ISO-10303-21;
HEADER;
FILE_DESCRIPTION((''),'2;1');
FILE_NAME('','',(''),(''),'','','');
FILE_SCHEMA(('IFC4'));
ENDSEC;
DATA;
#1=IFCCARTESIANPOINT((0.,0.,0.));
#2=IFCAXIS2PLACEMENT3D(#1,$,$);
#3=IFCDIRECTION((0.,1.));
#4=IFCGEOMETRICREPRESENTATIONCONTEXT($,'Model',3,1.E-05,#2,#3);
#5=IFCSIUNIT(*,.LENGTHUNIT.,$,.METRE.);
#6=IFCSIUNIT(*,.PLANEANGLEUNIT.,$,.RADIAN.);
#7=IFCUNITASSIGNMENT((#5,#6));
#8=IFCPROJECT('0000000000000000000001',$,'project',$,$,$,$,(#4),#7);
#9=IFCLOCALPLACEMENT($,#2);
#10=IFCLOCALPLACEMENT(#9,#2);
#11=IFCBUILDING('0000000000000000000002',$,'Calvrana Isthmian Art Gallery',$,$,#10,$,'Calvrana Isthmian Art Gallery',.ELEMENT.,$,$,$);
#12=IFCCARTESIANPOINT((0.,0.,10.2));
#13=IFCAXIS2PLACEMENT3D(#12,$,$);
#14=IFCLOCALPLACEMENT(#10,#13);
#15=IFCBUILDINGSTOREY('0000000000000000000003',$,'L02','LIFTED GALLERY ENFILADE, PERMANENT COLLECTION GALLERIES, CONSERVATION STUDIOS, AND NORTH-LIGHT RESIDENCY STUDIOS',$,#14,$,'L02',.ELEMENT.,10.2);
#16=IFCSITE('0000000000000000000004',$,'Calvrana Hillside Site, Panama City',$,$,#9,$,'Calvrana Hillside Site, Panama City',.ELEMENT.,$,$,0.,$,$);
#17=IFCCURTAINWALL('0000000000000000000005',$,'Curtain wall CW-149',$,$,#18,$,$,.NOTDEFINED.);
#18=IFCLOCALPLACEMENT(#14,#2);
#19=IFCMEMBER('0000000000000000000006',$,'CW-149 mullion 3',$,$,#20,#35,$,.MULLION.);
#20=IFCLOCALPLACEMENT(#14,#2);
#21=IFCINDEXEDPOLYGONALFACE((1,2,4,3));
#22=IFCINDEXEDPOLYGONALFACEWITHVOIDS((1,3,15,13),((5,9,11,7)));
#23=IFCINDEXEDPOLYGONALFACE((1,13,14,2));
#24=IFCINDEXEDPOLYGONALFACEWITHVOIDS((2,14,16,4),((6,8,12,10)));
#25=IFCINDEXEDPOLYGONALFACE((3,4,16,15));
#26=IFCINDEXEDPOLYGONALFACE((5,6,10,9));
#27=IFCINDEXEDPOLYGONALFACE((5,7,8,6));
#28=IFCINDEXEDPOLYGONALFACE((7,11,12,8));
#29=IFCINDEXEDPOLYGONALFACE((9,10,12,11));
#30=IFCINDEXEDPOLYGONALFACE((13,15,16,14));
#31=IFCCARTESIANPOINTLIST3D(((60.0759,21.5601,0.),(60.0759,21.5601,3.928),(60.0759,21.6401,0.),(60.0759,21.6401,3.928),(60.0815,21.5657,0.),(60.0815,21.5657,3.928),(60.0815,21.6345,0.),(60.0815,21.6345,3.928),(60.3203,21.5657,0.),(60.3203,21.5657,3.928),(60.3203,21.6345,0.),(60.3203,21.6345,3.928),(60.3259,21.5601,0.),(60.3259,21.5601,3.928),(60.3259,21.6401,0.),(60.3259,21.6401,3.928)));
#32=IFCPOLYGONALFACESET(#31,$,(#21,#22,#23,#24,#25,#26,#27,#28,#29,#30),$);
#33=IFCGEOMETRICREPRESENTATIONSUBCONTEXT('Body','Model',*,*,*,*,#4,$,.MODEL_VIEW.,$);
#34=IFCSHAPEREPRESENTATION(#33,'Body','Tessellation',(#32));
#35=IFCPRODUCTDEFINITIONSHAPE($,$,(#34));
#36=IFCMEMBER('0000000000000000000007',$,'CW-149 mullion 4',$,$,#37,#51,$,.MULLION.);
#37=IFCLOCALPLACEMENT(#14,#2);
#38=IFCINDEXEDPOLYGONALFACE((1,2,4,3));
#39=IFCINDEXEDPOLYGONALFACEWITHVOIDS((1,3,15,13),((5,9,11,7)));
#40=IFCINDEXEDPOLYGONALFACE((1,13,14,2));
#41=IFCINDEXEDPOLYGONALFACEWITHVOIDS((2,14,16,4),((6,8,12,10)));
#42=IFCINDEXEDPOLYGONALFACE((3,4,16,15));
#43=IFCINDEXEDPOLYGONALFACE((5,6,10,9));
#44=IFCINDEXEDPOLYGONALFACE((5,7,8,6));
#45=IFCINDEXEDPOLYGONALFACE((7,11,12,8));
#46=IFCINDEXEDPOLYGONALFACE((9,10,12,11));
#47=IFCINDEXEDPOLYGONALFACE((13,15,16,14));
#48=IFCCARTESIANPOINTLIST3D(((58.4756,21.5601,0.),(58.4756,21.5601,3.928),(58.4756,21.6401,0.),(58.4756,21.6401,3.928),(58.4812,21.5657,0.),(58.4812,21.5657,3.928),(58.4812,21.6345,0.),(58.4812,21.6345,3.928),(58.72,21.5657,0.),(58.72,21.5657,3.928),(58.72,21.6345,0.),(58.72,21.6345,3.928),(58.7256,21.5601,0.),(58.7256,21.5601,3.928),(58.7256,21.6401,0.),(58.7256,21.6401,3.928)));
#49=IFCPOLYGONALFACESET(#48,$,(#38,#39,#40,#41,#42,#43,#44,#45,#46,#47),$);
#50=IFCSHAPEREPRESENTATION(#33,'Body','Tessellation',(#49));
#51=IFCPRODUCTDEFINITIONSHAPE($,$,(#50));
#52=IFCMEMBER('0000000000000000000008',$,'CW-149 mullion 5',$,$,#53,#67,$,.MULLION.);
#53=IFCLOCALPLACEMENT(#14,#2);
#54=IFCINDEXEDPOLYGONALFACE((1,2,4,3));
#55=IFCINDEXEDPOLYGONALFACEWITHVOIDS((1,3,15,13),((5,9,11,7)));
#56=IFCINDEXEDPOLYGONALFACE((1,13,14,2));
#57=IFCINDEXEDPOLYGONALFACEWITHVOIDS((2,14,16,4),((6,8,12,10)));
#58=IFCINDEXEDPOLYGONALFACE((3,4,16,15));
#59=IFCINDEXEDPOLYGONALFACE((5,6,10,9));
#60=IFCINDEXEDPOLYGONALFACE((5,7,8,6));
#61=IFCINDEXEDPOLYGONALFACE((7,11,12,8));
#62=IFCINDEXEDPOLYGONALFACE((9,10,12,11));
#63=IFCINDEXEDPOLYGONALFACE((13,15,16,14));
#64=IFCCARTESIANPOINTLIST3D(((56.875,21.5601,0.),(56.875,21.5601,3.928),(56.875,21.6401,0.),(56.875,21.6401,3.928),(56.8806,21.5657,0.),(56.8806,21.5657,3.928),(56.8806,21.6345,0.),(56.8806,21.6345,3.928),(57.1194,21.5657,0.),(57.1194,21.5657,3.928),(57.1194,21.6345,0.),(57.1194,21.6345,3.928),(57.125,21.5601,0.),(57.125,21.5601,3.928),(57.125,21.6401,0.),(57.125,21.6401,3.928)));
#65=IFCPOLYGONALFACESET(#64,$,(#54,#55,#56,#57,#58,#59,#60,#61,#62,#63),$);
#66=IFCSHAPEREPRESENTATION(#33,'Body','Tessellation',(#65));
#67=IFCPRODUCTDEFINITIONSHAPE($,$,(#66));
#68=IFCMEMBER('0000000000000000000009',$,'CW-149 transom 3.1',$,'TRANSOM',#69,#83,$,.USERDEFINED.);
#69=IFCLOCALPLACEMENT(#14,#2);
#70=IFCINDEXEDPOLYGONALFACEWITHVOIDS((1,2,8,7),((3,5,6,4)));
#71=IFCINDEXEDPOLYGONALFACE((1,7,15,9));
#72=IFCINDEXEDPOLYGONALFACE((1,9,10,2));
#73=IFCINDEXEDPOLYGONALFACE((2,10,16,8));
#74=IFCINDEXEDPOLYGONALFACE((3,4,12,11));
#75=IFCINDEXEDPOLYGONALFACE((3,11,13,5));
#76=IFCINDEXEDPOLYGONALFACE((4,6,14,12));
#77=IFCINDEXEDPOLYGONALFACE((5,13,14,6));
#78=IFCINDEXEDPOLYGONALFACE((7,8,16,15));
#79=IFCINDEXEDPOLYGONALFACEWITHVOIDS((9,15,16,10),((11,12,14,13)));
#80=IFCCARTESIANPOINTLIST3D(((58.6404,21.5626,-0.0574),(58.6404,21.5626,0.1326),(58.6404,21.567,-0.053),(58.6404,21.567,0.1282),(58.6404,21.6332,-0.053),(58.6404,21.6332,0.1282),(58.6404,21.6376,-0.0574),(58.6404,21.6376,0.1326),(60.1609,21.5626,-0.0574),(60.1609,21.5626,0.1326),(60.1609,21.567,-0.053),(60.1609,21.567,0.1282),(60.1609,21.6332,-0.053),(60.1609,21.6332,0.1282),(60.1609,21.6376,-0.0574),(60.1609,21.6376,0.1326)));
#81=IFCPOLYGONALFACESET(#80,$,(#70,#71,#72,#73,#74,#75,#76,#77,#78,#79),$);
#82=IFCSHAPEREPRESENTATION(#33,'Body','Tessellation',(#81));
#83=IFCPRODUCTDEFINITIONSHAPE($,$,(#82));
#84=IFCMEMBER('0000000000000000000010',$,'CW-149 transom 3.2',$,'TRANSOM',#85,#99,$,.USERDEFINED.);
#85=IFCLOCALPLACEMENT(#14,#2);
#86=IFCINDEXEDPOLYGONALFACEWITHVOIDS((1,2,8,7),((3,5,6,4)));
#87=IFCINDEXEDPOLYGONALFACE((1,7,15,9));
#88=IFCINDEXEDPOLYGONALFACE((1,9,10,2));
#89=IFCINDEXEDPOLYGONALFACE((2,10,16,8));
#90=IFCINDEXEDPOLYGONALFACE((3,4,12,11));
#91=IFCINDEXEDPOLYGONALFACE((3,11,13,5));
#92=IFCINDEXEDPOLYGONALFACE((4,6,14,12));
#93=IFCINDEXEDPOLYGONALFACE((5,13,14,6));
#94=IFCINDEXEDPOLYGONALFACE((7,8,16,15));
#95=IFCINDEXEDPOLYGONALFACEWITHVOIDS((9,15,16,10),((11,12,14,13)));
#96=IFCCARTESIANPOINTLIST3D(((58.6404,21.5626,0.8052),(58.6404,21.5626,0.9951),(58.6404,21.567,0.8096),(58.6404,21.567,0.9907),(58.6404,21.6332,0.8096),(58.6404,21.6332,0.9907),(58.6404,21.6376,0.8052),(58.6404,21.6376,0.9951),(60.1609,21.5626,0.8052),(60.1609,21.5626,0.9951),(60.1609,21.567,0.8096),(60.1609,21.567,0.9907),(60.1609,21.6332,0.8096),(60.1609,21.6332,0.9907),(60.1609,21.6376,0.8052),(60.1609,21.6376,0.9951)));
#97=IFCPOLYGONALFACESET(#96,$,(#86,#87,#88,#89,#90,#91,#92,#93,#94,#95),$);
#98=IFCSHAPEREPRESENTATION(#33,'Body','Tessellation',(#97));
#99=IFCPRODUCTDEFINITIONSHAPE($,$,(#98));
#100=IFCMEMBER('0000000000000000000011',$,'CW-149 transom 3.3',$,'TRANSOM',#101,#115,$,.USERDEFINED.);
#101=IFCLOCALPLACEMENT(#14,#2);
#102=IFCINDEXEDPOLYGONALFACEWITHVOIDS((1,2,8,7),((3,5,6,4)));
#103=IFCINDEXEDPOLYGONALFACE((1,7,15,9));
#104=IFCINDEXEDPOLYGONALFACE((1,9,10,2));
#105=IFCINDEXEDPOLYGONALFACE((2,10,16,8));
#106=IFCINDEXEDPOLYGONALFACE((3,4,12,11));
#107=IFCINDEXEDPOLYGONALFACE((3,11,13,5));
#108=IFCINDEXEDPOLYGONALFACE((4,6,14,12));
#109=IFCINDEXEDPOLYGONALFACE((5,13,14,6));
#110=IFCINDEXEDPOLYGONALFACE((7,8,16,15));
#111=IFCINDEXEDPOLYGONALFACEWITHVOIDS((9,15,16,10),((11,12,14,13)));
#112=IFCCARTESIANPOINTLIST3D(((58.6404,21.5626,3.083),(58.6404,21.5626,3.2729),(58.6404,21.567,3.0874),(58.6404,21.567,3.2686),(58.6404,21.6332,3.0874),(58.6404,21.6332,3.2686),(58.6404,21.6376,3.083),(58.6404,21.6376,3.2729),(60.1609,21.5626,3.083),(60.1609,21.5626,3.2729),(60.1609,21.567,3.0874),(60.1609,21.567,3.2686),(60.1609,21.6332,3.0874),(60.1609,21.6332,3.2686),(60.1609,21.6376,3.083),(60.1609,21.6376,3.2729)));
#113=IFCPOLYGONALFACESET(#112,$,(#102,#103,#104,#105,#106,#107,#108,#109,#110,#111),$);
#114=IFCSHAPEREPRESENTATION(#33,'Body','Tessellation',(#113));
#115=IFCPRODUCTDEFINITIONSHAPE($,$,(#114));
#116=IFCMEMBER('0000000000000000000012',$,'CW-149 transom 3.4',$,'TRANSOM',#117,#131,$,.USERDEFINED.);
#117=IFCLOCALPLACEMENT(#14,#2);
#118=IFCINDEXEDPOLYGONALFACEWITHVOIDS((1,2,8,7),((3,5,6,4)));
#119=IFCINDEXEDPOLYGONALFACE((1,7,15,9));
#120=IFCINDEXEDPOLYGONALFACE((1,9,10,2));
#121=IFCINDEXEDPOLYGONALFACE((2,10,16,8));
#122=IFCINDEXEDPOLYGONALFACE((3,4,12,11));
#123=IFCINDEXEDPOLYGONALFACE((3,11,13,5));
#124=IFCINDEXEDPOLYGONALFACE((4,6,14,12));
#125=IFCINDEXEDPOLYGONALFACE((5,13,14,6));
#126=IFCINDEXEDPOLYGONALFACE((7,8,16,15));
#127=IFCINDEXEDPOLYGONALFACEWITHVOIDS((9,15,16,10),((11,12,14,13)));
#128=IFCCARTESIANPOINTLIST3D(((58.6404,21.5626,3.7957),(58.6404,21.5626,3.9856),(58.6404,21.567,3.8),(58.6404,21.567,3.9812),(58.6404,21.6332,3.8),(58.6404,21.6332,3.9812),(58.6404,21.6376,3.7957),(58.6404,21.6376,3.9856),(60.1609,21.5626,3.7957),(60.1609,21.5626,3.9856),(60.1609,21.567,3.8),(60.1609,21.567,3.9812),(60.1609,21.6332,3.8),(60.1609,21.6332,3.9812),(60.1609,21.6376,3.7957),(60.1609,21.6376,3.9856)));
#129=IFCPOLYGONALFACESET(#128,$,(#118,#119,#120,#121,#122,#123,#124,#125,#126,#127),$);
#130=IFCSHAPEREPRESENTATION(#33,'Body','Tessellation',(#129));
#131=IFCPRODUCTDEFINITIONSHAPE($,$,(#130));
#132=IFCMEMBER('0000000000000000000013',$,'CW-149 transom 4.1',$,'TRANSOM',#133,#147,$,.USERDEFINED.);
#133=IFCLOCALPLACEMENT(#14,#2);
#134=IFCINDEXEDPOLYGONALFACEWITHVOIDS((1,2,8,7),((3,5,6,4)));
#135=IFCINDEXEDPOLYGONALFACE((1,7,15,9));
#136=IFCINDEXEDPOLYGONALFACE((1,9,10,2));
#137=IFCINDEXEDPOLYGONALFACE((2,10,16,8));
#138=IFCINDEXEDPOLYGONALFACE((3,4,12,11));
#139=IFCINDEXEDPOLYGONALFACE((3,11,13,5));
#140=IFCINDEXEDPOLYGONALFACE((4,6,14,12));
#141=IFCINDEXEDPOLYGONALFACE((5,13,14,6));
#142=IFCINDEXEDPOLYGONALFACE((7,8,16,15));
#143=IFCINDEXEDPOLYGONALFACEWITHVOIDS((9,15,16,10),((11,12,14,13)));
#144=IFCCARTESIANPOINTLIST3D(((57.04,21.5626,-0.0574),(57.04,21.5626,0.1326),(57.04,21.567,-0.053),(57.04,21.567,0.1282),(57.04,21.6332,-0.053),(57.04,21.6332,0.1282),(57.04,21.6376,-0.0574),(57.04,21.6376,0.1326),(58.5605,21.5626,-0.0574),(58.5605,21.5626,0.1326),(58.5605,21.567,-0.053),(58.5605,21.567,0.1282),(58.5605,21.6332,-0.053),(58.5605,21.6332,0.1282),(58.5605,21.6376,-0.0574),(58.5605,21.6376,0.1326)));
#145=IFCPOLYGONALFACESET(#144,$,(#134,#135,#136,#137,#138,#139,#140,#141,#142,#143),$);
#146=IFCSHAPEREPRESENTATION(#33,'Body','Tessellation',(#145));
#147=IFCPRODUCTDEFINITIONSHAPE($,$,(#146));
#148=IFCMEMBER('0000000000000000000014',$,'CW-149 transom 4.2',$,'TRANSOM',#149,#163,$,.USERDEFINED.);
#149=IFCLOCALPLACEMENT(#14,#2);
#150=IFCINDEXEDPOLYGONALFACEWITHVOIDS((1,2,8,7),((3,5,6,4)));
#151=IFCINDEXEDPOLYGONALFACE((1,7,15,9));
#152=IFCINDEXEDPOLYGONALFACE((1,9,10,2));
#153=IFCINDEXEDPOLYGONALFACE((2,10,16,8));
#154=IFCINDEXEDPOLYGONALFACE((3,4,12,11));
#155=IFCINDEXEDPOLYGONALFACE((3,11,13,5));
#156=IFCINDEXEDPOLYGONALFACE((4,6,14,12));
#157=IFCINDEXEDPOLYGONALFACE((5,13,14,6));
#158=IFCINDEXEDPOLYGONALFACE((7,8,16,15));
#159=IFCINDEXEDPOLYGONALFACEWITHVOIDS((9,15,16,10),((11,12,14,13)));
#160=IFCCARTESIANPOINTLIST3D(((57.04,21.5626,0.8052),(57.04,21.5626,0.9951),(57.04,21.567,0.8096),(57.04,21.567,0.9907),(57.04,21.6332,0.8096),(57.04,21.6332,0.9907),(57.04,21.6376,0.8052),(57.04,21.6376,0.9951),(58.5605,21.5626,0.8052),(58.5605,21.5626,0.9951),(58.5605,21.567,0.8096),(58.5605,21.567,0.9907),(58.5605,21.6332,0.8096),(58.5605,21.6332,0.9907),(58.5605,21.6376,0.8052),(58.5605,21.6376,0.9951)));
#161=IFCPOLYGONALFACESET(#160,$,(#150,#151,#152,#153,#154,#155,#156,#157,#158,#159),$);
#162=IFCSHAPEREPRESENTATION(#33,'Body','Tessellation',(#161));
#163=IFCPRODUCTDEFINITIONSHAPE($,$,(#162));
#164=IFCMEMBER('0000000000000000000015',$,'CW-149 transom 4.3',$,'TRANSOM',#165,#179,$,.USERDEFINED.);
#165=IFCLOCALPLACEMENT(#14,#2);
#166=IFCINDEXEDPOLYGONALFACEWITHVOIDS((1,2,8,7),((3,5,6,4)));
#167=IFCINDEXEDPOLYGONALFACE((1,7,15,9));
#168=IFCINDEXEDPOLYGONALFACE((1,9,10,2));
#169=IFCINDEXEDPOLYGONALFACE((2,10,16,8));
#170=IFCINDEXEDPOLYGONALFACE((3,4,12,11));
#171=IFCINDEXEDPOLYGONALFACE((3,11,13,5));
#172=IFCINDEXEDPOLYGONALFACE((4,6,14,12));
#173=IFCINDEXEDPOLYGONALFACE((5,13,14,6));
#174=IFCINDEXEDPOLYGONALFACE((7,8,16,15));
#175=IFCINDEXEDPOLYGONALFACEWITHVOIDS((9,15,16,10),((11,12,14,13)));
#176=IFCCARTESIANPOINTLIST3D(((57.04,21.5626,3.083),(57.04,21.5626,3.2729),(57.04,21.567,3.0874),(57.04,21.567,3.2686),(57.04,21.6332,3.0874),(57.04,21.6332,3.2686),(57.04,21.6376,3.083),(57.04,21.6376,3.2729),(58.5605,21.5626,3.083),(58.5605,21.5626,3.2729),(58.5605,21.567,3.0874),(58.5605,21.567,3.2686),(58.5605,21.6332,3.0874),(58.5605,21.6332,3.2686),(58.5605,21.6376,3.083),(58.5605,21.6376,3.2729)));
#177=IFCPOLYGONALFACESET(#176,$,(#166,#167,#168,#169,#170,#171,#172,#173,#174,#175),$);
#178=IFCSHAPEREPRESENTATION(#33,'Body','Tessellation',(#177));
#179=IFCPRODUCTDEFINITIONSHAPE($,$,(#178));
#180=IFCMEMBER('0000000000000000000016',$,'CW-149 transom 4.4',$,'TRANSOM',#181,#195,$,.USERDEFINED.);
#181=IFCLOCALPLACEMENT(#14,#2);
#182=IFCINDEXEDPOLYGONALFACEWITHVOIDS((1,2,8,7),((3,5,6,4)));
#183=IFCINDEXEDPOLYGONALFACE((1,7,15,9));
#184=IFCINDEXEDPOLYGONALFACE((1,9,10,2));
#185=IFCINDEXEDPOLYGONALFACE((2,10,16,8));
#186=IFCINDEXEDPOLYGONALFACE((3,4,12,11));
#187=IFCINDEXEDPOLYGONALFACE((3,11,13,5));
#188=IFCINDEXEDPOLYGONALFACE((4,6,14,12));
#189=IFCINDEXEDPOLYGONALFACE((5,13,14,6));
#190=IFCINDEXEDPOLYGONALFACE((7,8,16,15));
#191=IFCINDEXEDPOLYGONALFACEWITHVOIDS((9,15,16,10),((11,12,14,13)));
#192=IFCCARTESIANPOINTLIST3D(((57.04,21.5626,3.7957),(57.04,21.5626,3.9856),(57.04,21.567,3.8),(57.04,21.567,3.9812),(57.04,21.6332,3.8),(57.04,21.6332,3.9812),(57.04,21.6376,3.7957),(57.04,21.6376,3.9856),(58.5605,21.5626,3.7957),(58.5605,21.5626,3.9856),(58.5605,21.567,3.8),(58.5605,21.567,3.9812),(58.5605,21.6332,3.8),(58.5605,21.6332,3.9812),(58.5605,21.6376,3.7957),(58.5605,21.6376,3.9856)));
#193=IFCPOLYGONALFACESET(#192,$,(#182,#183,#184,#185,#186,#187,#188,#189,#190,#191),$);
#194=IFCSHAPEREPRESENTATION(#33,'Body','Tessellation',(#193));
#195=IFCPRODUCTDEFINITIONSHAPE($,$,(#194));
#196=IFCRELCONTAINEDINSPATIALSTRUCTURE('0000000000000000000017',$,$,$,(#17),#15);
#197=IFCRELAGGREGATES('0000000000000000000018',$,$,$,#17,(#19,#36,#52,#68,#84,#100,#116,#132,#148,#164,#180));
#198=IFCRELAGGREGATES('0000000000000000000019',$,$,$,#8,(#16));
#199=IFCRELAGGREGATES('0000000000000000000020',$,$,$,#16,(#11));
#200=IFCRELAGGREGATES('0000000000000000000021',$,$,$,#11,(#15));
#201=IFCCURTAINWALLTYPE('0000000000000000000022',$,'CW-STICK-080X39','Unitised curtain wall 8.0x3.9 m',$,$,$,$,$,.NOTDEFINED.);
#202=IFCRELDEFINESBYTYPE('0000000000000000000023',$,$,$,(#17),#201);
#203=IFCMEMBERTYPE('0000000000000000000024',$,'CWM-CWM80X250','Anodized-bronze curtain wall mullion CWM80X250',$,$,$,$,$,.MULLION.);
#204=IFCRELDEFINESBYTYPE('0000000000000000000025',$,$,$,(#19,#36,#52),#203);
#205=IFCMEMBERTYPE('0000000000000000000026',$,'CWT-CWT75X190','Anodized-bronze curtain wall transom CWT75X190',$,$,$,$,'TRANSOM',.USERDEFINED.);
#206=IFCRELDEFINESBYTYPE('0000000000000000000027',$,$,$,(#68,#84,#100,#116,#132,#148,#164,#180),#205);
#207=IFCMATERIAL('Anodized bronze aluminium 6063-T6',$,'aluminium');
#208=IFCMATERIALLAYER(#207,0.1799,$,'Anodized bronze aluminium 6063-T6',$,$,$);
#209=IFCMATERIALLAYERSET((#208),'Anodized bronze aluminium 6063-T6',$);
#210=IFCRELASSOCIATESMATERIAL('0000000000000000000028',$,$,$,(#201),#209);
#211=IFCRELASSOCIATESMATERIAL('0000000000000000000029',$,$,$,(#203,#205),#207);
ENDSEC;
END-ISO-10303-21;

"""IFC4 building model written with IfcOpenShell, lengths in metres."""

from ifc_helpers import new_model, si_unit, direction, frame, origin, origin_2d, place, context, subcontext, project, spatial, hollow_rectangle, extrude, material, layer, layer_set, material_profile, profile_set, type_object, element, aggregate, save


model = new_model("IFC4")

# Units and contexts
model_context = context("Model", 3, precision=1e-05, world=origin(), true_north=direction((0.0, 1.0)))
body_context = subcontext(model_context, "Body", "Model", "MODEL_VIEW")
ifc_project = project(units=[si_unit("LENGTHUNIT", "METRE"), si_unit("PLANEANGLEUNIT", "RADIAN")], contexts=[model_context])

# Site, building, storey
site_placement = place(None, origin())
site = spatial("IfcSite", under=ifc_project, at=site_placement, Name="Calvrana Hillside Site, Panama City", LongName="Calvrana Hillside Site, Panama City", CompositionType="ELEMENT", RefElevation=0.0)
building_placement = place(site_placement, origin())
building = spatial("IfcBuilding", under=site, at=building_placement, Name="Calvrana Isthmian Art Gallery", LongName="Calvrana Isthmian Art Gallery", CompositionType="ELEMENT")
storey_placement = place(building_placement, frame((0.0, 0.0, 10.2)))
storey = spatial("IfcBuildingStorey", under=building, at=storey_placement, Name="L02", Description="LIFTED GALLERY ENFILADE, PERMANENT COLLECTION GALLERIES, CONSERVATION STUDIOS, AND NORTH-LIGHT RESIDENCY STUDIOS", LongName="L02", CompositionType="ELEMENT", Elevation=10.2)

# Curtain wall, members
ifc_material_1 = material(Name="Anodized bronze aluminium 6063-T6", Category="aluminium")
ifc_layer_1 = layer(ifc_material_1, 0.1799, Name="Anodized bronze aluminium 6063-T6")
ifc_layer_set_1 = layer_set([ifc_layer_1], Name="Anodized bronze aluminium 6063-T6")
curtain_wall_type = type_object("IfcCurtainWallType", Name="CW-STICK-080X39", Description="Unitised curtain wall 8.0x3.9 m", PredefinedType="NOTDEFINED", material=ifc_layer_set_1)
curtain_wall_placement = place(storey_placement, origin())
curtain_wall = element("IfcCurtainWall", 1, at=curtain_wall_placement, inside=storey, type_object=curtain_wall_type, Name="Curtain wall CW-149", PredefinedType="NOTDEFINED")
ifc_material_profile_1 = material_profile(ifc_material_1, hollow_rectangle(XDim=0.0801, YDim=0.25, WallThickness=0.0056, at=origin_2d()), Name="CWM80X250")
ifc_profile_set_1 = profile_set([ifc_material_profile_1], Name="Anodized bronze aluminium 6063-T6")
member_type_1 = type_object("IfcMemberType", Name="CWM-CWM80X250", Description="Anodized-bronze curtain wall mullion CWM80X250", PredefinedType="MULLION", material=ifc_profile_set_1)
member_1_placement = place(storey_placement, frame((60.2009, 21.6001, 0.0), z_axis=(0.0, 0.0, 1.0), x_axis=(0.0, -1.0, 0.0)))
member_1 = element("IfcMember", 2, at=member_1_placement, type_object=member_type_1, Name="CW-149 mullion 3", PredefinedType="MULLION", context=body_context, shape_type="SweptSolid", body=[
    extrude(hollow_rectangle(XDim=0.0801, YDim=0.25, WallThickness=0.0056, at=origin_2d()), origin(), (0.0, 0.0, 1.0), 3.928),
])
member_2_placement = place(storey_placement, frame((58.6006, 21.6001, 0.0), z_axis=(0.0, 0.0, 1.0), x_axis=(0.0, -1.0, 0.0)))
member_2 = element("IfcMember", 3, at=member_2_placement, type_object=member_type_1, Name="CW-149 mullion 4", PredefinedType="MULLION", context=body_context, shape_type="SweptSolid", body=[
    extrude(hollow_rectangle(XDim=0.0801, YDim=0.25, WallThickness=0.0056, at=origin_2d()), origin(), (0.0, 0.0, 1.0), 3.928),
])
member_3_placement = place(storey_placement, frame((57.0, 21.6001, 0.0), z_axis=(0.0, 0.0, 1.0), x_axis=(0.0, -1.0, 0.0)))
member_3 = element("IfcMember", 4, at=member_3_placement, type_object=member_type_1, Name="CW-149 mullion 5", PredefinedType="MULLION", context=body_context, shape_type="SweptSolid", body=[
    extrude(hollow_rectangle(XDim=0.0801, YDim=0.25, WallThickness=0.0056, at=origin_2d()), origin(), (0.0, 0.0, 1.0), 3.928),
])
ifc_material_profile_2 = material_profile(ifc_material_1, hollow_rectangle(XDim=0.075, YDim=0.1899, WallThickness=0.0044, at=origin_2d()), Name="CWT75X190")
ifc_profile_set_2 = profile_set([ifc_material_profile_2], Name="Anodized bronze aluminium 6063-T6")
member_type_2 = type_object("IfcMemberType", Name="CWT-CWT75X190", Description="Anodized-bronze curtain wall transom CWT75X190", ElementType="TRANSOM", PredefinedType="USERDEFINED", material=ifc_profile_set_2)
member_4_placement = place(storey_placement, frame((60.1609, 21.6001, 0.0376), z_axis=(-1.0, 0.0, 0.0), x_axis=(0.0, -1.0, 0.0)))
member_4 = element("IfcMember", 5, at=member_4_placement, type_object=member_type_2, Name="CW-149 transom 3.1", ObjectType="TRANSOM", PredefinedType="USERDEFINED", context=body_context, shape_type="SweptSolid", body=[
    extrude(hollow_rectangle(XDim=0.075, YDim=0.1899, WallThickness=0.0044, at=origin_2d()), origin(), (0.0, 0.0, 1.0), 1.5205),
])
member_5_placement = place(storey_placement, frame((60.1609, 21.6001, 0.9001), z_axis=(-1.0, 0.0, 0.0), x_axis=(0.0, -1.0, 0.0)))
member_5 = element("IfcMember", 6, at=member_5_placement, type_object=member_type_2, Name="CW-149 transom 3.2", ObjectType="TRANSOM", PredefinedType="USERDEFINED", context=body_context, shape_type="SweptSolid", body=[
    extrude(hollow_rectangle(XDim=0.075, YDim=0.1899, WallThickness=0.0044, at=origin_2d()), origin(), (0.0, 0.0, 1.0), 1.5205),
])
member_6_placement = place(storey_placement, frame((60.1609, 21.6001, 3.178), z_axis=(-1.0, 0.0, 0.0), x_axis=(0.0, -1.0, 0.0)))
member_6 = element("IfcMember", 7, at=member_6_placement, type_object=member_type_2, Name="CW-149 transom 3.3", ObjectType="TRANSOM", PredefinedType="USERDEFINED", context=body_context, shape_type="SweptSolid", body=[
    extrude(hollow_rectangle(XDim=0.075, YDim=0.1899, WallThickness=0.0044, at=origin_2d()), origin(), (0.0, 0.0, 1.0), 1.5205),
])
member_7_placement = place(storey_placement, frame((60.1609, 21.6001, 3.8906), z_axis=(-1.0, 0.0, 0.0), x_axis=(0.0, -1.0, 0.0)))
member_7 = element("IfcMember", 8, at=member_7_placement, type_object=member_type_2, Name="CW-149 transom 3.4", ObjectType="TRANSOM", PredefinedType="USERDEFINED", context=body_context, shape_type="SweptSolid", body=[
    extrude(hollow_rectangle(XDim=0.075, YDim=0.1899, WallThickness=0.0044, at=origin_2d()), origin(), (0.0, 0.0, 1.0), 1.5205),
])
member_8_placement = place(storey_placement, frame((58.5605, 21.6001, 0.0376), z_axis=(-1.0, 0.0, 0.0), x_axis=(0.0, -1.0, 0.0)))
member_8 = element("IfcMember", 9, at=member_8_placement, type_object=member_type_2, Name="CW-149 transom 4.1", ObjectType="TRANSOM", PredefinedType="USERDEFINED", context=body_context, shape_type="SweptSolid", body=[
    extrude(hollow_rectangle(XDim=0.075, YDim=0.1899, WallThickness=0.0044, at=origin_2d()), origin(), (0.0, 0.0, 1.0), 1.5205),
])
member_9_placement = place(storey_placement, frame((58.5605, 21.6001, 0.9001), z_axis=(-1.0, 0.0, 0.0), x_axis=(0.0, -1.0, 0.0)))
member_9 = element("IfcMember", 10, at=member_9_placement, type_object=member_type_2, Name="CW-149 transom 4.2", ObjectType="TRANSOM", PredefinedType="USERDEFINED", context=body_context, shape_type="SweptSolid", body=[
    extrude(hollow_rectangle(XDim=0.075, YDim=0.1899, WallThickness=0.0044, at=origin_2d()), origin(), (0.0, 0.0, 1.0), 1.5205),
])
member_10_placement = place(storey_placement, frame((58.5605, 21.6001, 3.178), z_axis=(-1.0, 0.0, 0.0), x_axis=(0.0, -1.0, 0.0)))
member_10 = element("IfcMember", 11, at=member_10_placement, type_object=member_type_2, Name="CW-149 transom 4.3", ObjectType="TRANSOM", PredefinedType="USERDEFINED", context=body_context, shape_type="SweptSolid", body=[
    extrude(hollow_rectangle(XDim=0.075, YDim=0.1899, WallThickness=0.0044, at=origin_2d()), origin(), (0.0, 0.0, 1.0), 1.5205),
])
member_11_placement = place(storey_placement, frame((58.5605, 21.6001, 3.8906), z_axis=(-1.0, 0.0, 0.0), x_axis=(0.0, -1.0, 0.0)))
member_11 = element("IfcMember", 12, at=member_11_placement, type_object=member_type_2, Name="CW-149 transom 4.4", ObjectType="TRANSOM", PredefinedType="USERDEFINED", context=body_context, shape_type="SweptSolid", body=[
    extrude(hollow_rectangle(XDim=0.075, YDim=0.1899, WallThickness=0.0044, at=origin_2d()), origin(), (0.0, 0.0, 1.0), 1.5205),
])
aggregate(curtain_wall, [member_1, member_2, member_3, member_4, member_5, member_6, member_7, member_8, member_9, member_10, member_11])

save(model, "model.ifc")
